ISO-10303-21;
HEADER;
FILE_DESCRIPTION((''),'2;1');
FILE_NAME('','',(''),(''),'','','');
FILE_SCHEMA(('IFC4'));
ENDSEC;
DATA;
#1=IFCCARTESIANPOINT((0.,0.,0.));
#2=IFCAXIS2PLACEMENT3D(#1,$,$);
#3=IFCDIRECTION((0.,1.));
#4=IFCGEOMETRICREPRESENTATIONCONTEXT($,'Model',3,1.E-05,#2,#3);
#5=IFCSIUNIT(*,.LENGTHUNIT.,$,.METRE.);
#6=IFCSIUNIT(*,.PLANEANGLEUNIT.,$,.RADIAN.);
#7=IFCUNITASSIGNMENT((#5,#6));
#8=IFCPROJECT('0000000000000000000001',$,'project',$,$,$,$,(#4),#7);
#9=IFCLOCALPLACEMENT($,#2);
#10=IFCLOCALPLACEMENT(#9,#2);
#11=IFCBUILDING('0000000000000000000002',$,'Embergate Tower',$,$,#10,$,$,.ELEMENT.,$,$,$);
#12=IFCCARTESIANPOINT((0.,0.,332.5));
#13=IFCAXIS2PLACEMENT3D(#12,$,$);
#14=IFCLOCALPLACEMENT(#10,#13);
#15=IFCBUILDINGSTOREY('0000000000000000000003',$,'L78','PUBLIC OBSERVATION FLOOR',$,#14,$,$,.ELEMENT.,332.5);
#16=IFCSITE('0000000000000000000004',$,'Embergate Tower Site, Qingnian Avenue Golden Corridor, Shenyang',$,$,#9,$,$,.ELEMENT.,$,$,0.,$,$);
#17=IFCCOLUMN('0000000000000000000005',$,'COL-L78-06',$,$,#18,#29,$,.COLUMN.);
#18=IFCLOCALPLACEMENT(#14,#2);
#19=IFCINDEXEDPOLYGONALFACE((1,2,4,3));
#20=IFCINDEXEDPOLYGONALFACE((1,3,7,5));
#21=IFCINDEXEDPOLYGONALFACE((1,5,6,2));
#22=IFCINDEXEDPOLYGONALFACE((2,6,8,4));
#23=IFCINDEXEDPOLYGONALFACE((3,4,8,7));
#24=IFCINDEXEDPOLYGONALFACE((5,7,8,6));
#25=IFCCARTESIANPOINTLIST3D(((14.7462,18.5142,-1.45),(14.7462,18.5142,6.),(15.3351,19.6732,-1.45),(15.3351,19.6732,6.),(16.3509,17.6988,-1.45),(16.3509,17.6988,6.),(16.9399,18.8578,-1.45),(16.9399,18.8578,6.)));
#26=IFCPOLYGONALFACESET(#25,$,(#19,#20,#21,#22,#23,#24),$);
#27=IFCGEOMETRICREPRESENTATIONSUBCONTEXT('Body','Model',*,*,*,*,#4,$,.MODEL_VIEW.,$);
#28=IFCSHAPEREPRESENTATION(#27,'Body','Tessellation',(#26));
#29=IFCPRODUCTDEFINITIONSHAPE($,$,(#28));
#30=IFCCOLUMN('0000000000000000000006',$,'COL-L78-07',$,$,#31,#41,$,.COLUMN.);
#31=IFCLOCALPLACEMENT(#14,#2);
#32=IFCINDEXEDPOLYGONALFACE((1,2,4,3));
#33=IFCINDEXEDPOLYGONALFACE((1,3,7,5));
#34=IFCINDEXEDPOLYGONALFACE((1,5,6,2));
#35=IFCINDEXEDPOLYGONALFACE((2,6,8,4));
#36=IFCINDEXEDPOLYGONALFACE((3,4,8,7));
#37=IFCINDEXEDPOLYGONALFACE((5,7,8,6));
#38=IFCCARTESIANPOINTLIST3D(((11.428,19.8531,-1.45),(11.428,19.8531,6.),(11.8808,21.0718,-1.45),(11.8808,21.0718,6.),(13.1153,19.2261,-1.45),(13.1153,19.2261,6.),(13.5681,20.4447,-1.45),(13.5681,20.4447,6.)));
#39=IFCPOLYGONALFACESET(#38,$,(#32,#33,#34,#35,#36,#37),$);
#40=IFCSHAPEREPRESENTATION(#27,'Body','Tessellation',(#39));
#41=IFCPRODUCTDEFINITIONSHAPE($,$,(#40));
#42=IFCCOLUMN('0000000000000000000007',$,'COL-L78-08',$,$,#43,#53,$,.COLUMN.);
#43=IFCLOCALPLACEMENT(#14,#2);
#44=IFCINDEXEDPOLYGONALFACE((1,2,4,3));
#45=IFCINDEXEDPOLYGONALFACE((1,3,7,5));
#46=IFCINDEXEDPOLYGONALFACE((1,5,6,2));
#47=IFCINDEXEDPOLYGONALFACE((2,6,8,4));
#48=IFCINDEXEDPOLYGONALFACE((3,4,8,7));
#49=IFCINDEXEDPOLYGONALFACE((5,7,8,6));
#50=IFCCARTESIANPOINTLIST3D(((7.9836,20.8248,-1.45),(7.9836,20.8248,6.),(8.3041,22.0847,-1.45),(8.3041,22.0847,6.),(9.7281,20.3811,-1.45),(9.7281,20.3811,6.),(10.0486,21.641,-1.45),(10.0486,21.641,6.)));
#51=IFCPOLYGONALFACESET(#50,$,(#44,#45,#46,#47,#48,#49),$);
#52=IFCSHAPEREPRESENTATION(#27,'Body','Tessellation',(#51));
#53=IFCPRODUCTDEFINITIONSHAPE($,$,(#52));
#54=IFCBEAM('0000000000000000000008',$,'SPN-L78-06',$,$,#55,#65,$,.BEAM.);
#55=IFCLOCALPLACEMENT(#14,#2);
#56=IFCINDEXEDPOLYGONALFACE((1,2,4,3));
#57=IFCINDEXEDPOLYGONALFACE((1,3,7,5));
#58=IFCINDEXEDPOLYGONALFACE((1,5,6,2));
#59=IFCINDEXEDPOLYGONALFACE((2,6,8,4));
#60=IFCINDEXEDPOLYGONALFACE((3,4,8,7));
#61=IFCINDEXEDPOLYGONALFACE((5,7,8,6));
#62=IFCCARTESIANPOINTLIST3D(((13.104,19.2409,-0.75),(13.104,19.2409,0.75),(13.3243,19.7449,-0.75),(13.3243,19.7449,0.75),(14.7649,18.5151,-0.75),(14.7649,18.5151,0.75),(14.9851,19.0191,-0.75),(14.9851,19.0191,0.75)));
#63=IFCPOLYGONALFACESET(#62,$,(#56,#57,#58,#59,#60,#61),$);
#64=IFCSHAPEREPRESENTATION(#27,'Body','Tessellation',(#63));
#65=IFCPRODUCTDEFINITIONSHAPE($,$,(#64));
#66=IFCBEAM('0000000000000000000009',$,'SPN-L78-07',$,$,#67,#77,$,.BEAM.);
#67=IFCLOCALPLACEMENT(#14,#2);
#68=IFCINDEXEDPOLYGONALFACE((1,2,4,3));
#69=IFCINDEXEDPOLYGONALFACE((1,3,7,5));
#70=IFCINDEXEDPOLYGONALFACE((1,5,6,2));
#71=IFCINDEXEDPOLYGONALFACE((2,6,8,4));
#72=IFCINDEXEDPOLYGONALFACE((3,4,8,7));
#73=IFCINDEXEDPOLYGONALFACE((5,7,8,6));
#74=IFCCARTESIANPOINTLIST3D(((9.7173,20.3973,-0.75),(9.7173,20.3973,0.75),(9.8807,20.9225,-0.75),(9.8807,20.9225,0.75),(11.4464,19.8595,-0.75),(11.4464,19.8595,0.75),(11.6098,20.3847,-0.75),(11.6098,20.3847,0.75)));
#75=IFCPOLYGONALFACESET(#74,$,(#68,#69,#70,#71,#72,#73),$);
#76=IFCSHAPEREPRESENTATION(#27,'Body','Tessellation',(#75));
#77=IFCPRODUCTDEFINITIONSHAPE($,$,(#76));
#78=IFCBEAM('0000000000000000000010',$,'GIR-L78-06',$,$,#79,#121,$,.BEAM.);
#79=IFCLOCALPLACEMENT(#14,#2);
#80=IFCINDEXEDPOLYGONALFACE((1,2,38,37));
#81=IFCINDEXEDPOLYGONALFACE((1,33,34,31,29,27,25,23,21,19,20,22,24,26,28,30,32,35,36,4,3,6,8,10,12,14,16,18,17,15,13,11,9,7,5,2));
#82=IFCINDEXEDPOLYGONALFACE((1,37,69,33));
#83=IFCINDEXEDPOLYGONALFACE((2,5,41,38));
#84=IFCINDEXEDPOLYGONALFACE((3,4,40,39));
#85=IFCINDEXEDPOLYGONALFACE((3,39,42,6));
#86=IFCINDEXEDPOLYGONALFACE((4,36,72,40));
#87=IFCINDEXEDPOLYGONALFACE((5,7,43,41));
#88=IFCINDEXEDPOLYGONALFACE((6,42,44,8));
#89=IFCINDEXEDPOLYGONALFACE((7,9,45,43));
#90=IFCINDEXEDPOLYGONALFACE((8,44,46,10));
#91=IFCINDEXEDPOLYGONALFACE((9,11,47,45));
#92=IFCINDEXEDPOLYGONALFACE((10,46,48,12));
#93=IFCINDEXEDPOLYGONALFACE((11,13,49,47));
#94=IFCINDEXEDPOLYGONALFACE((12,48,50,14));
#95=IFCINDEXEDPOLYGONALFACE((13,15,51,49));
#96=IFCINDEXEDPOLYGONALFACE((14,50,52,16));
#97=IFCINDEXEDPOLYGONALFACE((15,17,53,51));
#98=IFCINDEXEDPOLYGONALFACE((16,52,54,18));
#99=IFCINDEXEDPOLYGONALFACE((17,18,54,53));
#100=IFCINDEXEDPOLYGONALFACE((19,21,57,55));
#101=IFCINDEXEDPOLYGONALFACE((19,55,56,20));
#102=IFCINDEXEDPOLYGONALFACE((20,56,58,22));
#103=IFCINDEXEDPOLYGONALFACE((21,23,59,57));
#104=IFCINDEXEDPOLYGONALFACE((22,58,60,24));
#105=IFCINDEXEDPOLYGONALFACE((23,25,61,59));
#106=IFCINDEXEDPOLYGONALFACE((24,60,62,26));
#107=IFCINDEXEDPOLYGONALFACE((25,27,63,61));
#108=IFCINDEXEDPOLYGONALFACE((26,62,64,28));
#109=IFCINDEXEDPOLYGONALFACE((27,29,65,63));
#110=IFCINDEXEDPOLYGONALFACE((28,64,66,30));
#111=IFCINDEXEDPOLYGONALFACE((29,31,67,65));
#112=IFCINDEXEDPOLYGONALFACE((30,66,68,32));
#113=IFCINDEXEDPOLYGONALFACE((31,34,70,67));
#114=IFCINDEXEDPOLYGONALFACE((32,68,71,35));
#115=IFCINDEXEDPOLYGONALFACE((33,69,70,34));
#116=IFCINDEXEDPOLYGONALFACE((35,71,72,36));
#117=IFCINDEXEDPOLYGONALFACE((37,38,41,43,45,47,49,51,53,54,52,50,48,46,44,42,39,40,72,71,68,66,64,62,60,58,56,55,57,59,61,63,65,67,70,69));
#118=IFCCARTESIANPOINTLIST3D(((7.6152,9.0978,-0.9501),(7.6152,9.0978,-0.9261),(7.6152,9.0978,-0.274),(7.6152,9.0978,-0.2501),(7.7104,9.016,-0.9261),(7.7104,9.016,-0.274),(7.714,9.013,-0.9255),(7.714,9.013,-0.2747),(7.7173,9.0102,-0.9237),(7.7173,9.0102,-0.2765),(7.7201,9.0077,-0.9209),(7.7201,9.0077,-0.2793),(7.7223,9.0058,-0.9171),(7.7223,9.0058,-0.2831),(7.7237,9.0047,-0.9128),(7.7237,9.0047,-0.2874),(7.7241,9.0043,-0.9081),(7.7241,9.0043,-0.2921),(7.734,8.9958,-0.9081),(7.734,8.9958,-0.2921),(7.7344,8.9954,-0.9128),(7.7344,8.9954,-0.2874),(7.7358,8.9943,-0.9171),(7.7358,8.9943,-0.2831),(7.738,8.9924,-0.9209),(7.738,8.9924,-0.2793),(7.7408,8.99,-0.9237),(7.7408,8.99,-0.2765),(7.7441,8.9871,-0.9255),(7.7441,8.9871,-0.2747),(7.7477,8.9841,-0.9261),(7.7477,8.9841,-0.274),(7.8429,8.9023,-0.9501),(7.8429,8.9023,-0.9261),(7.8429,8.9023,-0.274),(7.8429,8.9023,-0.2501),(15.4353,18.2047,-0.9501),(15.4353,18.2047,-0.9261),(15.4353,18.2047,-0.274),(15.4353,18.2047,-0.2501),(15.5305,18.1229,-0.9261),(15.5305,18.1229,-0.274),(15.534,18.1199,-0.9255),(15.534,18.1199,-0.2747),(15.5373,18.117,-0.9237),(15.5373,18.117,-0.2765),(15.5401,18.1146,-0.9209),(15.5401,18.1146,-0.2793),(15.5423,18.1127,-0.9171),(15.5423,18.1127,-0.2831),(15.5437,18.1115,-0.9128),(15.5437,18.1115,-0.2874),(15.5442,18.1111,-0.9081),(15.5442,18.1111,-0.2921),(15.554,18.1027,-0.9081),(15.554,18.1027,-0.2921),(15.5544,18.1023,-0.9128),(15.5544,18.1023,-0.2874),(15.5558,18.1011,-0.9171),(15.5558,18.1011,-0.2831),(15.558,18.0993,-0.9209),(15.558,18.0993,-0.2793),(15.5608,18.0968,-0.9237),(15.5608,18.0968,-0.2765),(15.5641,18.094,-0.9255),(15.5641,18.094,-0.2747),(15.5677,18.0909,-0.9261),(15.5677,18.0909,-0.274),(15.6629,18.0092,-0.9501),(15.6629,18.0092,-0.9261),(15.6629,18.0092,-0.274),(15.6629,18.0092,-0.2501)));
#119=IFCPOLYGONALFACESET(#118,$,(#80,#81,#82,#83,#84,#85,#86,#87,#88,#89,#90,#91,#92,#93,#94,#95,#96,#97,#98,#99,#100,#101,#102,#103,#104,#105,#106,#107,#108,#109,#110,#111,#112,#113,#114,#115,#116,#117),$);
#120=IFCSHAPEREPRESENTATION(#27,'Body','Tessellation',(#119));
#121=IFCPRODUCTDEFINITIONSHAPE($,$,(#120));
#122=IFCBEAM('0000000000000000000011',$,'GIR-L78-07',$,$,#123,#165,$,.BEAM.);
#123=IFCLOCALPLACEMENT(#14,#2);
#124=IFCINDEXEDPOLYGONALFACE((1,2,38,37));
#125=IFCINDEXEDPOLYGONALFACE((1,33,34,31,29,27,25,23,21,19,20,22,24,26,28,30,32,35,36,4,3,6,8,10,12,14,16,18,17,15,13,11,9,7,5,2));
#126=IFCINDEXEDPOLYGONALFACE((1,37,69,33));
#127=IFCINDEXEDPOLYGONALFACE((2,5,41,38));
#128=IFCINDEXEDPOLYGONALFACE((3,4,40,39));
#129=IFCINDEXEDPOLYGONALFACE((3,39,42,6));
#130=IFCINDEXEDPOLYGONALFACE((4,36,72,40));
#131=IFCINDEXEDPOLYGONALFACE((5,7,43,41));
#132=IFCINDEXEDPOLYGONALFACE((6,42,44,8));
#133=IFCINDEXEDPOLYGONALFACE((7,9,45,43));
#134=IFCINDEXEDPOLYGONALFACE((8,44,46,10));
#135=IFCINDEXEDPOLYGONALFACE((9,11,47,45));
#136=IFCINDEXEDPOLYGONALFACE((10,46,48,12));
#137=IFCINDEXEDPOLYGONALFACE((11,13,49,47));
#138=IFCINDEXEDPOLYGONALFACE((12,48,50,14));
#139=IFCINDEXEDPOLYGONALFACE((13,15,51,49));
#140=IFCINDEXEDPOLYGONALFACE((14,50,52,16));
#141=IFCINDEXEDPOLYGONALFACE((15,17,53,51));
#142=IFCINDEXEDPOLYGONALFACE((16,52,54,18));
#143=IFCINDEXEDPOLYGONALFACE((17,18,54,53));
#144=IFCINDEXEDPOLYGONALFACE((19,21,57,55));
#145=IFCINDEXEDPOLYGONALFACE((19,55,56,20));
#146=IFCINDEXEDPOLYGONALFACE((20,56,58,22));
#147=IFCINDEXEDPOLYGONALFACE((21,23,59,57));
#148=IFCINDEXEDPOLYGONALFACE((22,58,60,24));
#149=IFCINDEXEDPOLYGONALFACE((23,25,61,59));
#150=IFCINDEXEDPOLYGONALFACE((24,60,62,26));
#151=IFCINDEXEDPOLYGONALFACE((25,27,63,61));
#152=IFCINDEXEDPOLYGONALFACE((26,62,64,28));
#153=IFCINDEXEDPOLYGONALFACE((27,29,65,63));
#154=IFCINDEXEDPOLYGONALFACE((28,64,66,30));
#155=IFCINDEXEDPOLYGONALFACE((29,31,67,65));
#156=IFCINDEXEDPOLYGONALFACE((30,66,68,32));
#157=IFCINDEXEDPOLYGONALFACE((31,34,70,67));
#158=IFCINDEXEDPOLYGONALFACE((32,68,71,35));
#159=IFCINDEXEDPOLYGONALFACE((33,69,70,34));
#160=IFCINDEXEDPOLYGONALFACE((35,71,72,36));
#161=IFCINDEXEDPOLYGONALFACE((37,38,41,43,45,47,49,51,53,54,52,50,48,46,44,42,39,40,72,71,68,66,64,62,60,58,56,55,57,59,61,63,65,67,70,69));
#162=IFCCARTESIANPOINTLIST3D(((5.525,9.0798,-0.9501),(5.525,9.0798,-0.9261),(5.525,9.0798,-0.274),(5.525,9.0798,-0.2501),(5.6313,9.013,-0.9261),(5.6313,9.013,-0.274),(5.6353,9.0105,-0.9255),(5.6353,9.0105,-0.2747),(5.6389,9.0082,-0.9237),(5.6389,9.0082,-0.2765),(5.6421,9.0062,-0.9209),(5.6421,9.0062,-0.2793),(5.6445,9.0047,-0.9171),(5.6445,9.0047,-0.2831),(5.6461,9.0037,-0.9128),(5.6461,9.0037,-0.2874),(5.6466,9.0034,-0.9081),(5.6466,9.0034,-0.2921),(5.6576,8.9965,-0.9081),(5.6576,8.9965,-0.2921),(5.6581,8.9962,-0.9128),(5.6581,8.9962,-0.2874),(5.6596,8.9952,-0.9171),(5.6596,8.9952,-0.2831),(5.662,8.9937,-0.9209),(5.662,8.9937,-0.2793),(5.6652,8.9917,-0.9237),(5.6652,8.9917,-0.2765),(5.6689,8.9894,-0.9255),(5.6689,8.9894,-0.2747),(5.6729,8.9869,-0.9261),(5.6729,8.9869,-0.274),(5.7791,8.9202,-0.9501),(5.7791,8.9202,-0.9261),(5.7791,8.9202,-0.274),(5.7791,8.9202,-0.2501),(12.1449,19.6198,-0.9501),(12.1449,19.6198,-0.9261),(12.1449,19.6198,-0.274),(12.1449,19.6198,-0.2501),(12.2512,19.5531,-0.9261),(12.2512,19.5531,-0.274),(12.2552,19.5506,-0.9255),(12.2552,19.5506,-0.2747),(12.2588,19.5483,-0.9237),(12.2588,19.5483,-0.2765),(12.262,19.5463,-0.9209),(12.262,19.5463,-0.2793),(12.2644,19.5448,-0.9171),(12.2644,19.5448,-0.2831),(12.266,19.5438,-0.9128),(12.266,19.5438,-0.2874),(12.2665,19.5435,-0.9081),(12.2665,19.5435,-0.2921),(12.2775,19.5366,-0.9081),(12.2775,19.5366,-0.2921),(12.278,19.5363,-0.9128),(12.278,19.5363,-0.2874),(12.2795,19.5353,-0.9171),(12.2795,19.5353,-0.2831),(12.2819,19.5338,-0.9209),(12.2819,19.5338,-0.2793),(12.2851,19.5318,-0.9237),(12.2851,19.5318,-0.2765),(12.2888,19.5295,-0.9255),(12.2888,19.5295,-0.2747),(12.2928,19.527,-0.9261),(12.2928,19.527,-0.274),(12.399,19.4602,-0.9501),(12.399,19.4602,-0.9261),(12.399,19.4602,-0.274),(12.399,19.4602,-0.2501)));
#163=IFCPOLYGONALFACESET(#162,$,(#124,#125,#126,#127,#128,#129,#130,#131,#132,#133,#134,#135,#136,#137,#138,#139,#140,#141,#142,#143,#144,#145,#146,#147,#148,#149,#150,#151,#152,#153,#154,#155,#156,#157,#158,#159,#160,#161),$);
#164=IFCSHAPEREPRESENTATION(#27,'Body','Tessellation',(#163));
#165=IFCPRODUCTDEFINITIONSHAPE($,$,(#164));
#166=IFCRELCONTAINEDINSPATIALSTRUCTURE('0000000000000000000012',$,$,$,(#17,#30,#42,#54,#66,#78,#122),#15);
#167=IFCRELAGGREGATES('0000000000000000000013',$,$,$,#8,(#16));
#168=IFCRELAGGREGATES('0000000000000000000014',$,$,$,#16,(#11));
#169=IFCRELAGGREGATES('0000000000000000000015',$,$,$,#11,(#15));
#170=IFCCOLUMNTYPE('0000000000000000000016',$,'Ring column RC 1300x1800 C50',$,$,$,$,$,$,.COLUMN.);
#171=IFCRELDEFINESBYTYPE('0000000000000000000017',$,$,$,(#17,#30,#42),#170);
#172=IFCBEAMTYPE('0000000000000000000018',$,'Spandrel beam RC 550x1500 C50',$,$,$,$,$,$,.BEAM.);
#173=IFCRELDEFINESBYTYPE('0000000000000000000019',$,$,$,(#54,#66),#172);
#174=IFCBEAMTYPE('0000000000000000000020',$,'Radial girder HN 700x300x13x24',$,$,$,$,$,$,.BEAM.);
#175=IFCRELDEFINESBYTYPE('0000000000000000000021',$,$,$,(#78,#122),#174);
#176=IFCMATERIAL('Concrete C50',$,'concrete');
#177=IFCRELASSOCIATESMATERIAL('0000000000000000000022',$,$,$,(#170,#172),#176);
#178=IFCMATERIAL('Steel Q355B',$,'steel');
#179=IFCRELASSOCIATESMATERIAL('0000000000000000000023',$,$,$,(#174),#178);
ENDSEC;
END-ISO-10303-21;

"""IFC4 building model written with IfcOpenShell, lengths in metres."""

from ifc_helpers import new_model, si_unit, direction, frame, origin, origin_2d, place, context, subcontext, project, spatial, rectangle, i_section, extrude, source, transform, mapped, material, material_profile, profile_set, type_object, element, save


model = new_model("IFC4")

# Units and contexts
model_context = context("Model", 3, precision=1e-05, world=origin(), true_north=direction((0.0, 1.0)))
body_context = subcontext(model_context, "Body", "Model", "MODEL_VIEW")
ifc_project = project(units=[si_unit("LENGTHUNIT", "METRE"), si_unit("PLANEANGLEUNIT", "RADIAN")], contexts=[model_context])

# Site, building, storey
site_placement = place(None, origin())
site = spatial("IfcSite", under=ifc_project, at=site_placement, Name="Embergate Tower Site, Qingnian Avenue Golden Corridor, Shenyang", CompositionType="ELEMENT", RefElevation=0.0)
building_placement = place(site_placement, origin())
building = spatial("IfcBuilding", under=site, at=building_placement, Name="Embergate Tower", CompositionType="ELEMENT")
storey_placement = place(building_placement, frame((0.0, 0.0, 332.5)))
storey = spatial("IfcBuildingStorey", under=building, at=storey_placement, Name="L78", Description="PUBLIC OBSERVATION FLOOR", CompositionType="ELEMENT", Elevation=332.5)

# Columns
ifc_material_1 = material(Name="Concrete C50", Category="concrete")
ifc_material_profile_1 = material_profile(ifc_material_1, rectangle(XDim=1.3, YDim=1.8, at=origin_2d()), Name="RC 1300x1800")
ifc_profile_set_1 = profile_set([ifc_material_profile_1], Name="Concrete C50")
column_type = type_object("IfcColumnType", Name="Ring column RC 1300x1800 C50", PredefinedType="COLUMN", material=ifc_profile_set_1)
shared_shape_1 = source(origin(), body_context, "Body", "SweptSolid", [
    extrude(rectangle(XDim=1.3, YDim=1.8, at=origin_2d()), origin(), (0.0, 0.0, 1.0), 7.45),
])
for number, where, z_axis, x_axis, name in (
    (1, (15.843, 18.686, -1.45), (0.0, 0.0, 1.0), (0.452995, 0.891513, 0.0), "COL-L78-06"),
    (2, (12.498, 20.1489, -1.45), (0.0, 0.0, 1.0), (0.348343, 0.937367, 0.0), "COL-L78-07"),
    (3, (9.0161, 21.2329, -1.45), (0.0, 0.0, 1.0), (0.246492, 0.969145, 0.0), "COL-L78-08"),
):
    element("IfcColumn", number, at=place(storey_placement, frame(where, z_axis=z_axis, x_axis=x_axis)), inside=storey, type_object=column_type, Name=name, PredefinedType="COLUMN", context=body_context, shape_type="MappedRepresentation", body=[
        mapped(shared_shape_1, transform((0.0, 0.0, 0.0))),
    ])

# Beams
ifc_material_profile_2 = material_profile(ifc_material_1, rectangle(XDim=0.55, YDim=1.5, at=origin_2d()), Name="RC 550x1500")
ifc_profile_set_2 = profile_set([ifc_material_profile_2], Name="Concrete C50")
beam_type_1 = type_object("IfcBeamType", Name="Spandrel beam RC 550x1500 C50", PredefinedType="BEAM", material=ifc_profile_set_2)
shared_shape_2 = source(origin(), body_context, "Body", "SweptSolid", [
    extrude(rectangle(XDim=0.55, YDim=1.5, at=origin_2d()), origin(), (0.0, 0.0, 1.0), 1.8125),
])
beam_1_placement = place(storey_placement, frame((14.875, 18.7671, 0.0), z_axis=(-0.916321, 0.400444, 0.0), x_axis=(-0.400444, -0.916321, 0.0)))
element("IfcBeam", 4, at=beam_1_placement, inside=storey, type_object=beam_type_1, Name="SPN-L78-06", PredefinedType="BEAM", context=body_context, shape_type="MappedRepresentation", body=[
    mapped(shared_shape_2, transform((0.0, 0.0, 0.0))),
])
shared_shape_3 = source(origin(), body_context, "Body", "SweptSolid", [
    extrude(rectangle(XDim=0.55, YDim=1.5, at=origin_2d()), origin(), (0.0, 0.0, 1.0), 1.8108),
])
beam_2_placement = place(storey_placement, frame((11.5281, 20.1221, 0.0), z_axis=(-0.954868, 0.297031, 0.0), x_axis=(-0.297031, -0.954868, 0.0)))
element("IfcBeam", 5, at=beam_2_placement, inside=storey, type_object=beam_type_1, Name="SPN-L78-07", PredefinedType="BEAM", context=body_context, shape_type="MappedRepresentation", body=[
    mapped(shared_shape_3, transform((0.0, 0.0, 0.0))),
])
ifc_material_2 = material(Name="Steel Q355B", Category="steel")
ifc_material_profile_3 = material_profile(ifc_material_2, i_section(OverallWidth=0.3, OverallDepth=0.7, WebThickness=0.0129, FlangeThickness=0.0239, FilletRadius=0.0181, at=origin_2d()), Name="HN 700x300x13x24")
ifc_profile_set_3 = profile_set([ifc_material_profile_3], Name="Steel Q355 grade B")
beam_type_2 = type_object("IfcBeamType", Name="Radial girder HN 700x300x13x24", PredefinedType="BEAM", material=ifc_profile_set_3)
shared_shape_4 = source(origin(), body_context, "Body", "SweptSolid", [
    extrude(i_section(OverallWidth=0.3, OverallDepth=0.7, WebThickness=0.0129, FlangeThickness=0.0239, FilletRadius=0.0181, at=origin_2d()), origin(), (0.0, 0.0, 1.0), 12.0037),
])
beam_3_placement = place(storey_placement, frame((15.5491, 18.1069, -0.6001), z_axis=(-0.651469, -0.758675, 0.0), x_axis=(0.758675, -0.651469, 0.0)))
element("IfcBeam", 6, at=beam_3_placement, inside=storey, type_object=beam_type_2, Name="GIR-L78-06", PredefinedType="BEAM", context=body_context, shape_type="MappedRepresentation", body=[
    mapped(shared_shape_4, transform((0.0, 0.0, 0.0))),
])
shared_shape_5 = source(origin(), body_context, "Body", "SweptSolid", [
    extrude(i_section(OverallWidth=0.3, OverallDepth=0.7, WebThickness=0.0129, FlangeThickness=0.0239, FilletRadius=0.0181, at=origin_2d()), origin(), (0.0, 0.0, 1.0), 12.4465),
])
beam_4_placement = place(storey_placement, frame((12.272, 19.54, -0.6001), z_axis=(-0.531867, -0.846828, 0.0), x_axis=(0.846828, -0.531867, 0.0)))
element("IfcBeam", 7, at=beam_4_placement, inside=storey, type_object=beam_type_2, Name="GIR-L78-07", PredefinedType="BEAM", context=body_context, shape_type="MappedRepresentation", body=[
    mapped(shared_shape_5, transform((0.0, 0.0, 0.0))),
])

save(model, "model.ifc")
